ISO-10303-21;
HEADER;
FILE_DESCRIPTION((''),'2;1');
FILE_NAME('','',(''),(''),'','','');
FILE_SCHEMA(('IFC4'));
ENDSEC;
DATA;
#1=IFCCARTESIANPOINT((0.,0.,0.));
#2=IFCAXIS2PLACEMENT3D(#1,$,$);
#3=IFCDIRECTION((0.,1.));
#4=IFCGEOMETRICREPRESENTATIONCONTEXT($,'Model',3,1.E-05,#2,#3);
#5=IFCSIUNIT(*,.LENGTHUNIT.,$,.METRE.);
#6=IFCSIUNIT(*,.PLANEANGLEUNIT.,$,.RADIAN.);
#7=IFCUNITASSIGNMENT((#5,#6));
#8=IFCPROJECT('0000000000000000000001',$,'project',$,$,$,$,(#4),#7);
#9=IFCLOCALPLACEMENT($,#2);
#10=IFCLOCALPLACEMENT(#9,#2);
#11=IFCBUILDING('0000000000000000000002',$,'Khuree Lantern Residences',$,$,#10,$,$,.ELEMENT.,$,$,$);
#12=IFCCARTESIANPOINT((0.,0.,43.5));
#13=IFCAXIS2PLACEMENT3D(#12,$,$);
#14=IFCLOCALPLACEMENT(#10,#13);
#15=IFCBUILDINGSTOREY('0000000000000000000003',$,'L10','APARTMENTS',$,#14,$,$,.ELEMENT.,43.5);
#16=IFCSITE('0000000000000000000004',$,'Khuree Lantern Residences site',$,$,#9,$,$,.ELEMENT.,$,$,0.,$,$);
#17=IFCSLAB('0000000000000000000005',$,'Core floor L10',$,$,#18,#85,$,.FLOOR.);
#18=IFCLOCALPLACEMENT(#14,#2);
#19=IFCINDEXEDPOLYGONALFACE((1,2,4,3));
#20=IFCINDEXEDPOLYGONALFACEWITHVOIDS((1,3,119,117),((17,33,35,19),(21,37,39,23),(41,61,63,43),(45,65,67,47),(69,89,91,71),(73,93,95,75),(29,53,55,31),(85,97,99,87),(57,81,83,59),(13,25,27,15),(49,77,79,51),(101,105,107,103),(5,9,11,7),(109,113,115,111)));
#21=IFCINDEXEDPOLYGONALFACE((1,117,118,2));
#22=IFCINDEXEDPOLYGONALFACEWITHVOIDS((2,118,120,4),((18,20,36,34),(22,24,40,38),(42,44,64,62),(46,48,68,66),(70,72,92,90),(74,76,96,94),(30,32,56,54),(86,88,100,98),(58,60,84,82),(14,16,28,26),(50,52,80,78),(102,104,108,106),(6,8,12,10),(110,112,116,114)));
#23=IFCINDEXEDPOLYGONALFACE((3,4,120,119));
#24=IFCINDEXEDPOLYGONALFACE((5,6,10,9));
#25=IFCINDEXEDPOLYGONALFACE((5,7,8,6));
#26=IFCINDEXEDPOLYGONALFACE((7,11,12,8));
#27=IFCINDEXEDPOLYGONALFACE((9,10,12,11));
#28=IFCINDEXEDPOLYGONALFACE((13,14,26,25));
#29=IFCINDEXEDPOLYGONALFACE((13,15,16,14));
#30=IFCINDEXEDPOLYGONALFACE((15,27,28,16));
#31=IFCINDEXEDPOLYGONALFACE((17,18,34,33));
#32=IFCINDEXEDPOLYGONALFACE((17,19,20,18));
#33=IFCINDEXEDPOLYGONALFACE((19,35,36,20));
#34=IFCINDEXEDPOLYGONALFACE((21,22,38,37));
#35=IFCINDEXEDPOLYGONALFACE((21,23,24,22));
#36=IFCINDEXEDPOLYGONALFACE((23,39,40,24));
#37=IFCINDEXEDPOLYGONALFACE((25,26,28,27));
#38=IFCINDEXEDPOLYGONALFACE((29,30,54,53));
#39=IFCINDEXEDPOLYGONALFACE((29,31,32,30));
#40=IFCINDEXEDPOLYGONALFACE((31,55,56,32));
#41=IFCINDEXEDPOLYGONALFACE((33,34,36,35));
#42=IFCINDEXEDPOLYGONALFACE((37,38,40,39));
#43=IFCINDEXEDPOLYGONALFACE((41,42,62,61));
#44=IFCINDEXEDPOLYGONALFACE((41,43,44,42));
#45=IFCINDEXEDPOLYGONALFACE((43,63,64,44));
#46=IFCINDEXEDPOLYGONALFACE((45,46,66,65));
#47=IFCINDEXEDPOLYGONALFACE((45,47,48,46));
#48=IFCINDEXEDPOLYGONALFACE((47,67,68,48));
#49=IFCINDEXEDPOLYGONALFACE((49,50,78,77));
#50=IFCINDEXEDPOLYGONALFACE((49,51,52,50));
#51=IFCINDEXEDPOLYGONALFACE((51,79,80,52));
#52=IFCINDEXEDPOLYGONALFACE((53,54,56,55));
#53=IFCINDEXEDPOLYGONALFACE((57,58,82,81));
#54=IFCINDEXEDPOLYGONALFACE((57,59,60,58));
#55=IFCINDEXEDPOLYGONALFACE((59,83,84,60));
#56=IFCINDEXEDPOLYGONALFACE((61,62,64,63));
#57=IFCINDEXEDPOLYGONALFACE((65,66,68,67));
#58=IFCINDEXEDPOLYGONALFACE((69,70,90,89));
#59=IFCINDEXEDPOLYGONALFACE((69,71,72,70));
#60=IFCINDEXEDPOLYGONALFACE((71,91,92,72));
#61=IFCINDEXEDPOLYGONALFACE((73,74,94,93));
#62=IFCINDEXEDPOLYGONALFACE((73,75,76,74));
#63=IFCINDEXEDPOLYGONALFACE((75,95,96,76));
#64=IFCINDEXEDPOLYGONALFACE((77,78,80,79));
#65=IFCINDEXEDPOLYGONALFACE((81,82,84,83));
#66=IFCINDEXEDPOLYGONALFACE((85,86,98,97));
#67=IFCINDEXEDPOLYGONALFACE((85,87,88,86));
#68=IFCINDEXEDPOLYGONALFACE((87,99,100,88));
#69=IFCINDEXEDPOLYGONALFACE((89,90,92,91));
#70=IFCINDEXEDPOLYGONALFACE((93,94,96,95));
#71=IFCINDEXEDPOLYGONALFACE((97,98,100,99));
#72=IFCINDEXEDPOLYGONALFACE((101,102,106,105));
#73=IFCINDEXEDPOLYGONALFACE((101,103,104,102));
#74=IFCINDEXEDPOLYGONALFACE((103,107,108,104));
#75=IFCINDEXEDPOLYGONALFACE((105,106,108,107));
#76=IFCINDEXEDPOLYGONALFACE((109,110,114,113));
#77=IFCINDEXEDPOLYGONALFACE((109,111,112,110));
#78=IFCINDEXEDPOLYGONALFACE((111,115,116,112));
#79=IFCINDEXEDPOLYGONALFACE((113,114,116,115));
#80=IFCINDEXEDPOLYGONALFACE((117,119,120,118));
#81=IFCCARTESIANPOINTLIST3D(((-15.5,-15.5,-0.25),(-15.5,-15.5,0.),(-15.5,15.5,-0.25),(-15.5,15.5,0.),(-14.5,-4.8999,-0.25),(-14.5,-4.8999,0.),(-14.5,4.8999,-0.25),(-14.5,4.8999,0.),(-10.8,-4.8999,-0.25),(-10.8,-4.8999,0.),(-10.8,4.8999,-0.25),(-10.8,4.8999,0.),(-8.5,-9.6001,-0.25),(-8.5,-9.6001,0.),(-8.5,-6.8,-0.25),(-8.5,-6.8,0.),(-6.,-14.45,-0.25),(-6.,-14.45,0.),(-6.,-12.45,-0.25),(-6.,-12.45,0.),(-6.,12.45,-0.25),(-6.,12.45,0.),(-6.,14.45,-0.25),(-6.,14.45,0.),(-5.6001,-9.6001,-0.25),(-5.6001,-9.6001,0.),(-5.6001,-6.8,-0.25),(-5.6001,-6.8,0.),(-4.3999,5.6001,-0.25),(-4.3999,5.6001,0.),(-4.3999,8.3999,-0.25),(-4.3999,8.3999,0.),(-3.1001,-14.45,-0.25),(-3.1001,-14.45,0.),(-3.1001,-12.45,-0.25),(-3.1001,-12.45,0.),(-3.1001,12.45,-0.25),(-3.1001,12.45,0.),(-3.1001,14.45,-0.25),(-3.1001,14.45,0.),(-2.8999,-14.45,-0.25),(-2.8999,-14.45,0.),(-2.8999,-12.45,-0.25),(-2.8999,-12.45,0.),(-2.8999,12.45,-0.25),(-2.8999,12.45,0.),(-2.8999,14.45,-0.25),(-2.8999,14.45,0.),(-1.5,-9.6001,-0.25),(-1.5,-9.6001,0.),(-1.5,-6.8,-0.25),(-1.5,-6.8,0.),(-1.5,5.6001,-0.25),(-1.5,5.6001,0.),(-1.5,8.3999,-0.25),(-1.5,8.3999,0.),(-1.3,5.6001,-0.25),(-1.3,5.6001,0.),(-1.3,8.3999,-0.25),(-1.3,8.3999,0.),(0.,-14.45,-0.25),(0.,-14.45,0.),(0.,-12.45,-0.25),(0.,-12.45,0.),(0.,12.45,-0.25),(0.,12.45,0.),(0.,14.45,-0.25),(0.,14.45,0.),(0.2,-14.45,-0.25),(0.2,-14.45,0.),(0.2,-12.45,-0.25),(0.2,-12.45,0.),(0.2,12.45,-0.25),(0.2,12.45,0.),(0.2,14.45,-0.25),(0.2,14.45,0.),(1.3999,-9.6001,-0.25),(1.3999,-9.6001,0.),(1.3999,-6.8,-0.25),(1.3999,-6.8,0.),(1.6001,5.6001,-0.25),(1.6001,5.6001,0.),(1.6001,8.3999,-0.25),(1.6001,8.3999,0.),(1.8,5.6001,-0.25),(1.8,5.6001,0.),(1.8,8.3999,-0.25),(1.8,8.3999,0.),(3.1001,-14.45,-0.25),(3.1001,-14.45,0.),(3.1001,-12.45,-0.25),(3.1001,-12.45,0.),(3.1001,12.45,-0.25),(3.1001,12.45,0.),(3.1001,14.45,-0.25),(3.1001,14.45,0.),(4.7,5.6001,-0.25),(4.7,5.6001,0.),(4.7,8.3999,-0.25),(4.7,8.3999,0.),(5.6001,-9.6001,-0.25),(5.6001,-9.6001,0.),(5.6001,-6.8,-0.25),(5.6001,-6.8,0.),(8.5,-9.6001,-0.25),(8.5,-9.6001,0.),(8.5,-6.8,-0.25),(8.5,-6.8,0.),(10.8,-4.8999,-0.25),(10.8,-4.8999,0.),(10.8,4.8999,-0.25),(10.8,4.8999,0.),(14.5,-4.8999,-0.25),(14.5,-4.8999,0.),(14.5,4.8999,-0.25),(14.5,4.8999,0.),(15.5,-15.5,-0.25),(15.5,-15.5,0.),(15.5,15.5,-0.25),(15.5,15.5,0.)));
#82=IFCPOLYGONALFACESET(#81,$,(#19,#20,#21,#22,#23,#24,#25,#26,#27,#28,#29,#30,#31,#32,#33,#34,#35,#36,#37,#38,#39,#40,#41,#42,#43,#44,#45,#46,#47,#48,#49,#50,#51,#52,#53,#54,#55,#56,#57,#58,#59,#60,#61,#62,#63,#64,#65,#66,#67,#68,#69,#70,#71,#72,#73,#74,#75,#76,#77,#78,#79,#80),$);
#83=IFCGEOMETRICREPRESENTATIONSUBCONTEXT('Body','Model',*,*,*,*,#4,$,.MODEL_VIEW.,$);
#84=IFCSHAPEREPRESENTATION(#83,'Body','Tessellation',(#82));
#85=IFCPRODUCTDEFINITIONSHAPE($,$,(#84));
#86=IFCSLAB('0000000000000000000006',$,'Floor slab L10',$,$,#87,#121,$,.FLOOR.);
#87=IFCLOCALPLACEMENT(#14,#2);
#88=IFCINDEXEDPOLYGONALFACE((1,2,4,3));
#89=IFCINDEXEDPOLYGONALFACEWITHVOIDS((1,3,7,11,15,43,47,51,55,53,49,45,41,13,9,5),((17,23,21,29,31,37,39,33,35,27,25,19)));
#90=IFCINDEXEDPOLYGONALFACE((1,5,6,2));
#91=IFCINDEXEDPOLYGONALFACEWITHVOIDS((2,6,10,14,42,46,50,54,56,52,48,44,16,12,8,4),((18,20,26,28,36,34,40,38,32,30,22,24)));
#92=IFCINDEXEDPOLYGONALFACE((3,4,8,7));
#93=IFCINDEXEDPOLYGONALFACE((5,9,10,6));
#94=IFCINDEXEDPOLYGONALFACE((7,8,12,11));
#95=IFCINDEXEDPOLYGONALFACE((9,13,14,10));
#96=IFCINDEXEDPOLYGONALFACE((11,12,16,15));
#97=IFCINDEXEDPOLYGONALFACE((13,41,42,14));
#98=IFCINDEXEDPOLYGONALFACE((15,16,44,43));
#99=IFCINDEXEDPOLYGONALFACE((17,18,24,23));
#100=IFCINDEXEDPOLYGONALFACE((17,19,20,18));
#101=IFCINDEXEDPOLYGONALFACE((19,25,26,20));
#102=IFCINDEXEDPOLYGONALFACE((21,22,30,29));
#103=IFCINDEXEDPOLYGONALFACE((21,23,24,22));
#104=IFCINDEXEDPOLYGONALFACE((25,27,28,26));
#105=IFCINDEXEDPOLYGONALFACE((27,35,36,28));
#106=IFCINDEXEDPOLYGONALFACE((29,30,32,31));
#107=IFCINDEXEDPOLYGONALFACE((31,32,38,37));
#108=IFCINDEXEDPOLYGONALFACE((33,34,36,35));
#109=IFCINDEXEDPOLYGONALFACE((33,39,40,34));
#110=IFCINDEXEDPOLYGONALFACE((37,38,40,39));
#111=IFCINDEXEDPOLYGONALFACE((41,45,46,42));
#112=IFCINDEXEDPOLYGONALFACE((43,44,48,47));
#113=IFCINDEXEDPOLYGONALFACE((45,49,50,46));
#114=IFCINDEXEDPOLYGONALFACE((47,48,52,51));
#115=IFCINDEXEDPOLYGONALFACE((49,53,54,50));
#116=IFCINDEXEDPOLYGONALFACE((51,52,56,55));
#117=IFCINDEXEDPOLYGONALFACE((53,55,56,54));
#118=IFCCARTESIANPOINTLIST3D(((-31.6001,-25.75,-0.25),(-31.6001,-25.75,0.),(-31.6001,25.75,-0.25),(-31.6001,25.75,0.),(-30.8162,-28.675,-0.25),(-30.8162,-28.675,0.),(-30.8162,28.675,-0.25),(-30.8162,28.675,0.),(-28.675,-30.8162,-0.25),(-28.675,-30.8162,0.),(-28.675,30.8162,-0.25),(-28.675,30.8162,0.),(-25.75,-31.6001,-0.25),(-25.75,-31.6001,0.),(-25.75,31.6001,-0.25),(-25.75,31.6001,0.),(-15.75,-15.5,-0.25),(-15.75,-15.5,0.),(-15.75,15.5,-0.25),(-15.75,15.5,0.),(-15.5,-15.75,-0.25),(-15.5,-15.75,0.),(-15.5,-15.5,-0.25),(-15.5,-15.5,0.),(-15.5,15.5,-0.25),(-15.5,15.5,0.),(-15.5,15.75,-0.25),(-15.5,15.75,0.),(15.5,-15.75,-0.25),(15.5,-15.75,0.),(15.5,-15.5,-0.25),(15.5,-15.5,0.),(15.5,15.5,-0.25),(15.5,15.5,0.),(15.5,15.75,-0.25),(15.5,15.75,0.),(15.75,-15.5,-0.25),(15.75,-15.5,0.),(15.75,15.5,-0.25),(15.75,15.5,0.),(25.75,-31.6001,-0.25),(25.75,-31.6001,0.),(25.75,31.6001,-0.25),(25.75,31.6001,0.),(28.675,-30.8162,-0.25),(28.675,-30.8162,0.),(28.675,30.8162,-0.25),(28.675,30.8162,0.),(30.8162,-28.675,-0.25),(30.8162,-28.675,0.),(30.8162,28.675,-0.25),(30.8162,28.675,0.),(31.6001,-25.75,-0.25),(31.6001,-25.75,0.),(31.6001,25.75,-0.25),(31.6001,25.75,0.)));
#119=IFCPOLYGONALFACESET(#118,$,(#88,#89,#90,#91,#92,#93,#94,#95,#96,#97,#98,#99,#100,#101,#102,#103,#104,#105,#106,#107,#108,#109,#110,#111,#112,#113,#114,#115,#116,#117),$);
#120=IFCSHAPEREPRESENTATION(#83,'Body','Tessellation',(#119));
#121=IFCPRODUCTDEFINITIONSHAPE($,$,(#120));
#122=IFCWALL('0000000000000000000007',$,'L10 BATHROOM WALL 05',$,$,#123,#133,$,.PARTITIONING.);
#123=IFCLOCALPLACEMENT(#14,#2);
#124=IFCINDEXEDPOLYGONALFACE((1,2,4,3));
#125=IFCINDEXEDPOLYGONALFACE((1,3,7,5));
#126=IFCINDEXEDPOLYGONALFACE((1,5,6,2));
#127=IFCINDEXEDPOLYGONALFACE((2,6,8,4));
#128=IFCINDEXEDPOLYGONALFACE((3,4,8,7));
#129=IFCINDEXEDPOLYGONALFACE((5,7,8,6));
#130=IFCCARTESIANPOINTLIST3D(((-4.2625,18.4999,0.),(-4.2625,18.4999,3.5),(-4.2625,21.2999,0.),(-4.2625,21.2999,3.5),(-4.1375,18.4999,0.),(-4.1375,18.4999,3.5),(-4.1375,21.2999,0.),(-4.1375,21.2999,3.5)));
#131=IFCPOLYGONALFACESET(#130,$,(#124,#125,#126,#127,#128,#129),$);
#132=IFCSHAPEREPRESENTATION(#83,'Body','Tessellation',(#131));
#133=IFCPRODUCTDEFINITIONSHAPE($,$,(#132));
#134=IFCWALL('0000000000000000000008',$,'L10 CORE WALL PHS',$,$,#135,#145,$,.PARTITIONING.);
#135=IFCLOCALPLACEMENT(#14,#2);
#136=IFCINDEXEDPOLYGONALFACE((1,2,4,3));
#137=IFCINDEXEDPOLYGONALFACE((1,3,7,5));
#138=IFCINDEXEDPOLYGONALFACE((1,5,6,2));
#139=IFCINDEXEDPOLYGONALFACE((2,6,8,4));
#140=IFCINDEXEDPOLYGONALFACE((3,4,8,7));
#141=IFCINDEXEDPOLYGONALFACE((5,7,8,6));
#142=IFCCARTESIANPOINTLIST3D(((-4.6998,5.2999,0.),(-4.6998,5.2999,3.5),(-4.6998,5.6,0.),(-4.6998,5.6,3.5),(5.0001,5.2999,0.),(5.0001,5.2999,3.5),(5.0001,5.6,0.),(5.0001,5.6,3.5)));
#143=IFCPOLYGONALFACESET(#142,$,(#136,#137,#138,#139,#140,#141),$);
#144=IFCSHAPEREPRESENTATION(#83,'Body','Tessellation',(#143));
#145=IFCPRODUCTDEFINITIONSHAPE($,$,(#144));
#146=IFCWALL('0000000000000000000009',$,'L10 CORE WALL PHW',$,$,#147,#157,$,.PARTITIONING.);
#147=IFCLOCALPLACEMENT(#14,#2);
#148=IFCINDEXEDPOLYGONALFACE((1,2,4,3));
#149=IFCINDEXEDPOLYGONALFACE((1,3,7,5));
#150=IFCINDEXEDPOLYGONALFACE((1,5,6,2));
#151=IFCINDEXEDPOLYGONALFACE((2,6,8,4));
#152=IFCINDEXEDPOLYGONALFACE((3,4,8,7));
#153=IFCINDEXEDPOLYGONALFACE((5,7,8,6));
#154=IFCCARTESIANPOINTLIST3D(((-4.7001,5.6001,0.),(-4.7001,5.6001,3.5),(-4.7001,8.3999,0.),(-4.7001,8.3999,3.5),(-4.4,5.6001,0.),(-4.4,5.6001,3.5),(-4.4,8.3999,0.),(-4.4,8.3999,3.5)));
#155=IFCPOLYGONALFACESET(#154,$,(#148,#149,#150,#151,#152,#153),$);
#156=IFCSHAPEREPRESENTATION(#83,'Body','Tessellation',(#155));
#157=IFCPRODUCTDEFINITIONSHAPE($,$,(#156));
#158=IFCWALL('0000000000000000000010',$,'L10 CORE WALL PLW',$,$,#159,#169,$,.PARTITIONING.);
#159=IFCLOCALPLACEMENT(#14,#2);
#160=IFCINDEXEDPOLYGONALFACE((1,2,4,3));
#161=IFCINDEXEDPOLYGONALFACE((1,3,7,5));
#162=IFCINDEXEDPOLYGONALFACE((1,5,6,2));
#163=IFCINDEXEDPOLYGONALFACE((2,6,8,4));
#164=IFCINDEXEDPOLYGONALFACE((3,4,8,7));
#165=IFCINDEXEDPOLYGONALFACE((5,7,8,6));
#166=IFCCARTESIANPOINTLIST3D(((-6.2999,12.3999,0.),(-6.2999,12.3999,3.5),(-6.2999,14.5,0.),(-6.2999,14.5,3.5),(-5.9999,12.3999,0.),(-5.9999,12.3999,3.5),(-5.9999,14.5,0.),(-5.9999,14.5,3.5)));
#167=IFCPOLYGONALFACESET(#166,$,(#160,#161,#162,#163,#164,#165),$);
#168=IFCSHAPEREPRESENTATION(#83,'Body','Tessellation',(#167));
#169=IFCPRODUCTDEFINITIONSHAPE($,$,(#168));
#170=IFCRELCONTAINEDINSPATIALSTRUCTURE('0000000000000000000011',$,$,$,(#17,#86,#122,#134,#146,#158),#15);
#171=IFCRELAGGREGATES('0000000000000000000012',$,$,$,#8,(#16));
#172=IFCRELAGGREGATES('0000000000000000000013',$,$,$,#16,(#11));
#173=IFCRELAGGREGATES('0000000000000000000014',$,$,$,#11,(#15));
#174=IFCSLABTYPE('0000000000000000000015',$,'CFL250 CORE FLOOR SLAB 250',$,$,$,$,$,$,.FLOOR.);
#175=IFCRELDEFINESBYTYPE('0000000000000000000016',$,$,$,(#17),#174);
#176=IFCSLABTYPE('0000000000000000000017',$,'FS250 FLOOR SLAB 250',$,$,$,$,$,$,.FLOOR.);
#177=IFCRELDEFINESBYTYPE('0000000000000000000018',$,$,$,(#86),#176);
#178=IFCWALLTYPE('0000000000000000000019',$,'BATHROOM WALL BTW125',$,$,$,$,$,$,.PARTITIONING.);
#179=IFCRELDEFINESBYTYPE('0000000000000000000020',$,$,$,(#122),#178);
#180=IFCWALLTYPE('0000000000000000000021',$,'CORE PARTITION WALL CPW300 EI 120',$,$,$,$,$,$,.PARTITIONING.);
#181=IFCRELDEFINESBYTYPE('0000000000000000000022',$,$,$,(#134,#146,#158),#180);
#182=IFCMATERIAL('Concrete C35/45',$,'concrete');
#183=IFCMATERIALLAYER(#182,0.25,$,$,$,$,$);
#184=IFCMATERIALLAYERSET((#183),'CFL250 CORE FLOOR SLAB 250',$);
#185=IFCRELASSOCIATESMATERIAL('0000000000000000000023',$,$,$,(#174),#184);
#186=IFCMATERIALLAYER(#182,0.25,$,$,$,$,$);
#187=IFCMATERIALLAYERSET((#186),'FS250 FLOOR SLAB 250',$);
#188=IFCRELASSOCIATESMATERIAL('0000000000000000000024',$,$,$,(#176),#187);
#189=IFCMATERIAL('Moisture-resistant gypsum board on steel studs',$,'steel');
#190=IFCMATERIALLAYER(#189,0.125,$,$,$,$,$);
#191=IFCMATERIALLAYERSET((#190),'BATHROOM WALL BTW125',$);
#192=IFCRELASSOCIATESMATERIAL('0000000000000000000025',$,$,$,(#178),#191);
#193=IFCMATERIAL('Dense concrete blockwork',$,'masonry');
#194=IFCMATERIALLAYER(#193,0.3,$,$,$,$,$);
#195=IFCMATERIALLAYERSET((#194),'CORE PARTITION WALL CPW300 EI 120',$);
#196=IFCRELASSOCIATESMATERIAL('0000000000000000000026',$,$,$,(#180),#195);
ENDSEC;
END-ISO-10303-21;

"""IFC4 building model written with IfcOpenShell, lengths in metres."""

from ifc_helpers import new_model, si_unit, direction, frame, frame_2d, origin, place, context, subcontext, project, spatial, polyline, rectangle, outline, extrude, material, layer, layer_set, type_object, element, save


model = new_model("IFC4")

# Units and contexts
model_context = context("Model", 3, precision=1e-05, world=origin(), true_north=direction((0.0, 1.0)))
body_context = subcontext(model_context, "Body", "Model", "MODEL_VIEW")
ifc_project = project(units=[si_unit("LENGTHUNIT", "METRE"), si_unit("PLANEANGLEUNIT", "RADIAN")], contexts=[model_context])

# Site, building, storey
site_placement = place(None, origin())
site = spatial("IfcSite", under=ifc_project, at=site_placement, Name="Khuree Lantern Residences site", CompositionType="ELEMENT", RefElevation=0.0)
building_placement = place(site_placement, origin())
building = spatial("IfcBuilding", under=site, at=building_placement, Name="Khuree Lantern Residences", CompositionType="ELEMENT")
storey_placement = place(building_placement, frame((0.0, 0.0, 43.5)))
storey = spatial("IfcBuildingStorey", under=building, at=storey_placement, Name="L10", Description="APARTMENTS", CompositionType="ELEMENT", Elevation=43.5)

# Slabs
ifc_material_1 = material(Name="Concrete C35/45", Category="concrete")
ifc_layer_1 = layer(ifc_material_1, 0.25)
ifc_layer_set_1 = layer_set([ifc_layer_1], Name="CFL250 CORE FLOOR SLAB 250")
slab_type_1 = type_object("IfcSlabType", Name="CFL250 CORE FLOOR SLAB 250", PredefinedType="FLOOR", material=ifc_layer_set_1)
slab_1_placement = place(storey_placement, frame((0.0, 0.0, -0.25)))
element("IfcSlab", 1, at=slab_1_placement, inside=storey, type_object=slab_type_1, Name="Core floor L10", PredefinedType="FLOOR", context=body_context, shape_type="SweptSolid", body=[
    extrude(outline(polyline([(-15.5, -15.5), (-15.5, 15.5), (15.5, 15.5), (15.5, -15.5), (-15.5, -15.5)]), holes=[polyline([(14.5, 4.8999), (10.8, 4.8999), (10.8, -4.8999), (14.5, -4.8999), (14.5, 4.8999)]), polyline([(8.5, -6.8), (5.6001, -6.8), (5.6001, -9.6001), (8.5, -9.6001), (8.5, -6.8)]), polyline([(4.7, 8.3999), (1.8, 8.3999), (1.8, 5.6001), (4.7, 5.6001), (4.7, 8.3999)]), polyline([(0.2, -12.45), (0.2, -14.45), (3.1001, -14.45), (3.1001, -12.45), (0.2, -12.45)]), polyline([(3.1001, 14.45), (0.2, 14.45), (0.2, 12.45), (3.1001, 12.45), (3.1001, 14.45)]), polyline([(1.6001, 8.3999), (-1.3, 8.3999), (-1.3, 5.6001), (1.6001, 5.6001), (1.6001, 8.3999)]), polyline([(1.3999, -6.8), (-1.5, -6.8), (-1.5, -9.6001), (1.3999, -9.6001), (1.3999, -6.8)]), polyline([(0.0, -12.45), (-2.8999, -12.45), (-2.8999, -14.45), (0.0, -14.45), (0.0, -12.45)]), polyline([(0.0, 14.45), (-2.8999, 14.45), (-2.8999, 12.45), (0.0, 12.45), (0.0, 14.45)]), polyline([(-1.5, 8.3999), (-4.3999, 8.3999), (-4.3999, 5.6001), (-1.5, 5.6001), (-1.5, 8.3999)]), polyline([(-6.0, -12.45), (-6.0, -14.45), (-3.1001, -14.45), (-3.1001, -12.45), (-6.0, -12.45)]), polyline([(-3.1001, 14.45), (-6.0, 14.45), (-6.0, 12.45), (-3.1001, 12.45), (-3.1001, 14.45)]), polyline([(-5.6001, -6.8), (-8.5, -6.8), (-8.5, -9.6001), (-5.6001, -9.6001), (-5.6001, -6.8)]), polyline([(-10.8, 4.8999), (-14.5, 4.8999), (-14.5, -4.8999), (-10.8, -4.8999), (-10.8, 4.8999)])]), origin(), (0.0, 0.0, 1.0), 0.25),
])
ifc_layer_2 = layer(ifc_material_1, 0.25)
ifc_layer_set_2 = layer_set([ifc_layer_2], Name="FS250 FLOOR SLAB 250")
slab_type_2 = type_object("IfcSlabType", Name="FS250 FLOOR SLAB 250", PredefinedType="FLOOR", material=ifc_layer_set_2)
slab_2_placement = place(storey_placement, frame((0.0, 0.0, -0.25)))
element("IfcSlab", 2, at=slab_2_placement, inside=storey, type_object=slab_type_2, Name="Floor slab L10", PredefinedType="FLOOR", context=body_context, shape_type="SweptSolid", body=[
    extrude(outline(polyline([(-28.675, -30.8162), (-30.8162, -28.675), (-31.6001, -25.75), (-31.6001, 25.75), (-30.8162, 28.675), (-28.675, 30.8162), (-25.75, 31.6001), (25.75, 31.6001), (28.675, 30.8162), (30.8162, 28.675), (31.6001, 25.75), (31.6001, -25.75), (30.8162, -28.675), (28.675, -30.8162), (25.75, -31.6001), (-25.75, -31.6001), (-28.675, -30.8162)]), holes=[polyline([(15.75, 15.5), (15.5, 15.5), (15.5, 15.75), (-15.5, 15.75), (-15.5, 15.5), (-15.75, 15.5), (-15.75, -15.5), (-15.5, -15.5), (-15.5, -15.75), (15.5, -15.75), (15.5, -15.5), (15.75, -15.5), (15.75, 15.5)])]), origin(), (0.0, 0.0, 1.0), 0.25),
])

# Walls
ifc_material_2 = material(Name="Moisture-resistant gypsum board on steel studs", Category="steel")
ifc_layer_3 = layer(ifc_material_2, 0.125)
ifc_layer_set_3 = layer_set([ifc_layer_3], Name="BATHROOM WALL BTW125")
wall_type_1 = type_object("IfcWallType", Name="BATHROOM WALL BTW125", PredefinedType="PARTITIONING", material=ifc_layer_set_3)
wall_1_placement = place(storey_placement, frame((-4.2, 18.5, 0.0), z_axis=(0.0, 0.0, 1.0), x_axis=(0.0, 1.0, 0.0)))
element("IfcWall", 3, at=wall_1_placement, inside=storey, type_object=wall_type_1, Name="L10 BATHROOM WALL 05", PredefinedType="PARTITIONING", context=body_context, shape_type="SweptSolid", body=[
    extrude(rectangle(XDim=2.8, YDim=0.125, at=frame_2d((1.3999, 0.0))), origin(), (0.0, 0.0, 1.0), 3.5),
])
ifc_material_3 = material(Name="Dense concrete blockwork", Category="masonry")
ifc_layer_4 = layer(ifc_material_3, 0.3)
ifc_layer_set_4 = layer_set([ifc_layer_4], Name="CORE PARTITION WALL CPW300 EI 120")
wall_type_2 = type_object("IfcWallType", Name="CORE PARTITION WALL CPW300 EI 120", PredefinedType="PARTITIONING", material=ifc_layer_set_4)
wall_2_placement = place(storey_placement, frame((-4.7, 5.45, 0.0), z_axis=(0.0, 0.0, 1.0), x_axis=(1.0, 0.0, 0.0)))
element("IfcWall", 4, at=wall_2_placement, inside=storey, type_object=wall_type_2, Name="L10 CORE WALL PHS", PredefinedType="PARTITIONING", context=body_context, shape_type="SweptSolid", body=[
    extrude(rectangle(XDim=9.7, YDim=0.3, at=frame_2d((4.8501, 0.0))), origin(), (0.0, 0.0, 1.0), 3.5),
])
wall_3_placement = place(storey_placement, frame((-4.55, 5.6001, 0.0), z_axis=(0.0, 0.0, 1.0), x_axis=(0.0, 1.0, 0.0)))
element("IfcWall", 5, at=wall_3_placement, inside=storey, type_object=wall_type_2, Name="L10 CORE WALL PHW", PredefinedType="PARTITIONING", context=body_context, shape_type="SweptSolid", body=[
    extrude(rectangle(XDim=2.7998, YDim=0.3, at=frame_2d((1.3999, 0.0))), origin(), (0.0, 0.0, 1.0), 3.5),
])
wall_4_placement = place(storey_placement, frame((-6.1499, 12.3999, 0.0), z_axis=(0.0, 0.0, 1.0), x_axis=(0.0, 1.0, 0.0)))
element("IfcWall", 6, at=wall_4_placement, inside=storey, type_object=wall_type_2, Name="L10 CORE WALL PLW", PredefinedType="PARTITIONING", context=body_context, shape_type="SweptSolid", body=[
    extrude(rectangle(XDim=2.1001, YDim=0.3, at=frame_2d((1.05, 0.0))), origin(), (0.0, 0.0, 1.0), 3.5),
])

save(model, "model.ifc")
